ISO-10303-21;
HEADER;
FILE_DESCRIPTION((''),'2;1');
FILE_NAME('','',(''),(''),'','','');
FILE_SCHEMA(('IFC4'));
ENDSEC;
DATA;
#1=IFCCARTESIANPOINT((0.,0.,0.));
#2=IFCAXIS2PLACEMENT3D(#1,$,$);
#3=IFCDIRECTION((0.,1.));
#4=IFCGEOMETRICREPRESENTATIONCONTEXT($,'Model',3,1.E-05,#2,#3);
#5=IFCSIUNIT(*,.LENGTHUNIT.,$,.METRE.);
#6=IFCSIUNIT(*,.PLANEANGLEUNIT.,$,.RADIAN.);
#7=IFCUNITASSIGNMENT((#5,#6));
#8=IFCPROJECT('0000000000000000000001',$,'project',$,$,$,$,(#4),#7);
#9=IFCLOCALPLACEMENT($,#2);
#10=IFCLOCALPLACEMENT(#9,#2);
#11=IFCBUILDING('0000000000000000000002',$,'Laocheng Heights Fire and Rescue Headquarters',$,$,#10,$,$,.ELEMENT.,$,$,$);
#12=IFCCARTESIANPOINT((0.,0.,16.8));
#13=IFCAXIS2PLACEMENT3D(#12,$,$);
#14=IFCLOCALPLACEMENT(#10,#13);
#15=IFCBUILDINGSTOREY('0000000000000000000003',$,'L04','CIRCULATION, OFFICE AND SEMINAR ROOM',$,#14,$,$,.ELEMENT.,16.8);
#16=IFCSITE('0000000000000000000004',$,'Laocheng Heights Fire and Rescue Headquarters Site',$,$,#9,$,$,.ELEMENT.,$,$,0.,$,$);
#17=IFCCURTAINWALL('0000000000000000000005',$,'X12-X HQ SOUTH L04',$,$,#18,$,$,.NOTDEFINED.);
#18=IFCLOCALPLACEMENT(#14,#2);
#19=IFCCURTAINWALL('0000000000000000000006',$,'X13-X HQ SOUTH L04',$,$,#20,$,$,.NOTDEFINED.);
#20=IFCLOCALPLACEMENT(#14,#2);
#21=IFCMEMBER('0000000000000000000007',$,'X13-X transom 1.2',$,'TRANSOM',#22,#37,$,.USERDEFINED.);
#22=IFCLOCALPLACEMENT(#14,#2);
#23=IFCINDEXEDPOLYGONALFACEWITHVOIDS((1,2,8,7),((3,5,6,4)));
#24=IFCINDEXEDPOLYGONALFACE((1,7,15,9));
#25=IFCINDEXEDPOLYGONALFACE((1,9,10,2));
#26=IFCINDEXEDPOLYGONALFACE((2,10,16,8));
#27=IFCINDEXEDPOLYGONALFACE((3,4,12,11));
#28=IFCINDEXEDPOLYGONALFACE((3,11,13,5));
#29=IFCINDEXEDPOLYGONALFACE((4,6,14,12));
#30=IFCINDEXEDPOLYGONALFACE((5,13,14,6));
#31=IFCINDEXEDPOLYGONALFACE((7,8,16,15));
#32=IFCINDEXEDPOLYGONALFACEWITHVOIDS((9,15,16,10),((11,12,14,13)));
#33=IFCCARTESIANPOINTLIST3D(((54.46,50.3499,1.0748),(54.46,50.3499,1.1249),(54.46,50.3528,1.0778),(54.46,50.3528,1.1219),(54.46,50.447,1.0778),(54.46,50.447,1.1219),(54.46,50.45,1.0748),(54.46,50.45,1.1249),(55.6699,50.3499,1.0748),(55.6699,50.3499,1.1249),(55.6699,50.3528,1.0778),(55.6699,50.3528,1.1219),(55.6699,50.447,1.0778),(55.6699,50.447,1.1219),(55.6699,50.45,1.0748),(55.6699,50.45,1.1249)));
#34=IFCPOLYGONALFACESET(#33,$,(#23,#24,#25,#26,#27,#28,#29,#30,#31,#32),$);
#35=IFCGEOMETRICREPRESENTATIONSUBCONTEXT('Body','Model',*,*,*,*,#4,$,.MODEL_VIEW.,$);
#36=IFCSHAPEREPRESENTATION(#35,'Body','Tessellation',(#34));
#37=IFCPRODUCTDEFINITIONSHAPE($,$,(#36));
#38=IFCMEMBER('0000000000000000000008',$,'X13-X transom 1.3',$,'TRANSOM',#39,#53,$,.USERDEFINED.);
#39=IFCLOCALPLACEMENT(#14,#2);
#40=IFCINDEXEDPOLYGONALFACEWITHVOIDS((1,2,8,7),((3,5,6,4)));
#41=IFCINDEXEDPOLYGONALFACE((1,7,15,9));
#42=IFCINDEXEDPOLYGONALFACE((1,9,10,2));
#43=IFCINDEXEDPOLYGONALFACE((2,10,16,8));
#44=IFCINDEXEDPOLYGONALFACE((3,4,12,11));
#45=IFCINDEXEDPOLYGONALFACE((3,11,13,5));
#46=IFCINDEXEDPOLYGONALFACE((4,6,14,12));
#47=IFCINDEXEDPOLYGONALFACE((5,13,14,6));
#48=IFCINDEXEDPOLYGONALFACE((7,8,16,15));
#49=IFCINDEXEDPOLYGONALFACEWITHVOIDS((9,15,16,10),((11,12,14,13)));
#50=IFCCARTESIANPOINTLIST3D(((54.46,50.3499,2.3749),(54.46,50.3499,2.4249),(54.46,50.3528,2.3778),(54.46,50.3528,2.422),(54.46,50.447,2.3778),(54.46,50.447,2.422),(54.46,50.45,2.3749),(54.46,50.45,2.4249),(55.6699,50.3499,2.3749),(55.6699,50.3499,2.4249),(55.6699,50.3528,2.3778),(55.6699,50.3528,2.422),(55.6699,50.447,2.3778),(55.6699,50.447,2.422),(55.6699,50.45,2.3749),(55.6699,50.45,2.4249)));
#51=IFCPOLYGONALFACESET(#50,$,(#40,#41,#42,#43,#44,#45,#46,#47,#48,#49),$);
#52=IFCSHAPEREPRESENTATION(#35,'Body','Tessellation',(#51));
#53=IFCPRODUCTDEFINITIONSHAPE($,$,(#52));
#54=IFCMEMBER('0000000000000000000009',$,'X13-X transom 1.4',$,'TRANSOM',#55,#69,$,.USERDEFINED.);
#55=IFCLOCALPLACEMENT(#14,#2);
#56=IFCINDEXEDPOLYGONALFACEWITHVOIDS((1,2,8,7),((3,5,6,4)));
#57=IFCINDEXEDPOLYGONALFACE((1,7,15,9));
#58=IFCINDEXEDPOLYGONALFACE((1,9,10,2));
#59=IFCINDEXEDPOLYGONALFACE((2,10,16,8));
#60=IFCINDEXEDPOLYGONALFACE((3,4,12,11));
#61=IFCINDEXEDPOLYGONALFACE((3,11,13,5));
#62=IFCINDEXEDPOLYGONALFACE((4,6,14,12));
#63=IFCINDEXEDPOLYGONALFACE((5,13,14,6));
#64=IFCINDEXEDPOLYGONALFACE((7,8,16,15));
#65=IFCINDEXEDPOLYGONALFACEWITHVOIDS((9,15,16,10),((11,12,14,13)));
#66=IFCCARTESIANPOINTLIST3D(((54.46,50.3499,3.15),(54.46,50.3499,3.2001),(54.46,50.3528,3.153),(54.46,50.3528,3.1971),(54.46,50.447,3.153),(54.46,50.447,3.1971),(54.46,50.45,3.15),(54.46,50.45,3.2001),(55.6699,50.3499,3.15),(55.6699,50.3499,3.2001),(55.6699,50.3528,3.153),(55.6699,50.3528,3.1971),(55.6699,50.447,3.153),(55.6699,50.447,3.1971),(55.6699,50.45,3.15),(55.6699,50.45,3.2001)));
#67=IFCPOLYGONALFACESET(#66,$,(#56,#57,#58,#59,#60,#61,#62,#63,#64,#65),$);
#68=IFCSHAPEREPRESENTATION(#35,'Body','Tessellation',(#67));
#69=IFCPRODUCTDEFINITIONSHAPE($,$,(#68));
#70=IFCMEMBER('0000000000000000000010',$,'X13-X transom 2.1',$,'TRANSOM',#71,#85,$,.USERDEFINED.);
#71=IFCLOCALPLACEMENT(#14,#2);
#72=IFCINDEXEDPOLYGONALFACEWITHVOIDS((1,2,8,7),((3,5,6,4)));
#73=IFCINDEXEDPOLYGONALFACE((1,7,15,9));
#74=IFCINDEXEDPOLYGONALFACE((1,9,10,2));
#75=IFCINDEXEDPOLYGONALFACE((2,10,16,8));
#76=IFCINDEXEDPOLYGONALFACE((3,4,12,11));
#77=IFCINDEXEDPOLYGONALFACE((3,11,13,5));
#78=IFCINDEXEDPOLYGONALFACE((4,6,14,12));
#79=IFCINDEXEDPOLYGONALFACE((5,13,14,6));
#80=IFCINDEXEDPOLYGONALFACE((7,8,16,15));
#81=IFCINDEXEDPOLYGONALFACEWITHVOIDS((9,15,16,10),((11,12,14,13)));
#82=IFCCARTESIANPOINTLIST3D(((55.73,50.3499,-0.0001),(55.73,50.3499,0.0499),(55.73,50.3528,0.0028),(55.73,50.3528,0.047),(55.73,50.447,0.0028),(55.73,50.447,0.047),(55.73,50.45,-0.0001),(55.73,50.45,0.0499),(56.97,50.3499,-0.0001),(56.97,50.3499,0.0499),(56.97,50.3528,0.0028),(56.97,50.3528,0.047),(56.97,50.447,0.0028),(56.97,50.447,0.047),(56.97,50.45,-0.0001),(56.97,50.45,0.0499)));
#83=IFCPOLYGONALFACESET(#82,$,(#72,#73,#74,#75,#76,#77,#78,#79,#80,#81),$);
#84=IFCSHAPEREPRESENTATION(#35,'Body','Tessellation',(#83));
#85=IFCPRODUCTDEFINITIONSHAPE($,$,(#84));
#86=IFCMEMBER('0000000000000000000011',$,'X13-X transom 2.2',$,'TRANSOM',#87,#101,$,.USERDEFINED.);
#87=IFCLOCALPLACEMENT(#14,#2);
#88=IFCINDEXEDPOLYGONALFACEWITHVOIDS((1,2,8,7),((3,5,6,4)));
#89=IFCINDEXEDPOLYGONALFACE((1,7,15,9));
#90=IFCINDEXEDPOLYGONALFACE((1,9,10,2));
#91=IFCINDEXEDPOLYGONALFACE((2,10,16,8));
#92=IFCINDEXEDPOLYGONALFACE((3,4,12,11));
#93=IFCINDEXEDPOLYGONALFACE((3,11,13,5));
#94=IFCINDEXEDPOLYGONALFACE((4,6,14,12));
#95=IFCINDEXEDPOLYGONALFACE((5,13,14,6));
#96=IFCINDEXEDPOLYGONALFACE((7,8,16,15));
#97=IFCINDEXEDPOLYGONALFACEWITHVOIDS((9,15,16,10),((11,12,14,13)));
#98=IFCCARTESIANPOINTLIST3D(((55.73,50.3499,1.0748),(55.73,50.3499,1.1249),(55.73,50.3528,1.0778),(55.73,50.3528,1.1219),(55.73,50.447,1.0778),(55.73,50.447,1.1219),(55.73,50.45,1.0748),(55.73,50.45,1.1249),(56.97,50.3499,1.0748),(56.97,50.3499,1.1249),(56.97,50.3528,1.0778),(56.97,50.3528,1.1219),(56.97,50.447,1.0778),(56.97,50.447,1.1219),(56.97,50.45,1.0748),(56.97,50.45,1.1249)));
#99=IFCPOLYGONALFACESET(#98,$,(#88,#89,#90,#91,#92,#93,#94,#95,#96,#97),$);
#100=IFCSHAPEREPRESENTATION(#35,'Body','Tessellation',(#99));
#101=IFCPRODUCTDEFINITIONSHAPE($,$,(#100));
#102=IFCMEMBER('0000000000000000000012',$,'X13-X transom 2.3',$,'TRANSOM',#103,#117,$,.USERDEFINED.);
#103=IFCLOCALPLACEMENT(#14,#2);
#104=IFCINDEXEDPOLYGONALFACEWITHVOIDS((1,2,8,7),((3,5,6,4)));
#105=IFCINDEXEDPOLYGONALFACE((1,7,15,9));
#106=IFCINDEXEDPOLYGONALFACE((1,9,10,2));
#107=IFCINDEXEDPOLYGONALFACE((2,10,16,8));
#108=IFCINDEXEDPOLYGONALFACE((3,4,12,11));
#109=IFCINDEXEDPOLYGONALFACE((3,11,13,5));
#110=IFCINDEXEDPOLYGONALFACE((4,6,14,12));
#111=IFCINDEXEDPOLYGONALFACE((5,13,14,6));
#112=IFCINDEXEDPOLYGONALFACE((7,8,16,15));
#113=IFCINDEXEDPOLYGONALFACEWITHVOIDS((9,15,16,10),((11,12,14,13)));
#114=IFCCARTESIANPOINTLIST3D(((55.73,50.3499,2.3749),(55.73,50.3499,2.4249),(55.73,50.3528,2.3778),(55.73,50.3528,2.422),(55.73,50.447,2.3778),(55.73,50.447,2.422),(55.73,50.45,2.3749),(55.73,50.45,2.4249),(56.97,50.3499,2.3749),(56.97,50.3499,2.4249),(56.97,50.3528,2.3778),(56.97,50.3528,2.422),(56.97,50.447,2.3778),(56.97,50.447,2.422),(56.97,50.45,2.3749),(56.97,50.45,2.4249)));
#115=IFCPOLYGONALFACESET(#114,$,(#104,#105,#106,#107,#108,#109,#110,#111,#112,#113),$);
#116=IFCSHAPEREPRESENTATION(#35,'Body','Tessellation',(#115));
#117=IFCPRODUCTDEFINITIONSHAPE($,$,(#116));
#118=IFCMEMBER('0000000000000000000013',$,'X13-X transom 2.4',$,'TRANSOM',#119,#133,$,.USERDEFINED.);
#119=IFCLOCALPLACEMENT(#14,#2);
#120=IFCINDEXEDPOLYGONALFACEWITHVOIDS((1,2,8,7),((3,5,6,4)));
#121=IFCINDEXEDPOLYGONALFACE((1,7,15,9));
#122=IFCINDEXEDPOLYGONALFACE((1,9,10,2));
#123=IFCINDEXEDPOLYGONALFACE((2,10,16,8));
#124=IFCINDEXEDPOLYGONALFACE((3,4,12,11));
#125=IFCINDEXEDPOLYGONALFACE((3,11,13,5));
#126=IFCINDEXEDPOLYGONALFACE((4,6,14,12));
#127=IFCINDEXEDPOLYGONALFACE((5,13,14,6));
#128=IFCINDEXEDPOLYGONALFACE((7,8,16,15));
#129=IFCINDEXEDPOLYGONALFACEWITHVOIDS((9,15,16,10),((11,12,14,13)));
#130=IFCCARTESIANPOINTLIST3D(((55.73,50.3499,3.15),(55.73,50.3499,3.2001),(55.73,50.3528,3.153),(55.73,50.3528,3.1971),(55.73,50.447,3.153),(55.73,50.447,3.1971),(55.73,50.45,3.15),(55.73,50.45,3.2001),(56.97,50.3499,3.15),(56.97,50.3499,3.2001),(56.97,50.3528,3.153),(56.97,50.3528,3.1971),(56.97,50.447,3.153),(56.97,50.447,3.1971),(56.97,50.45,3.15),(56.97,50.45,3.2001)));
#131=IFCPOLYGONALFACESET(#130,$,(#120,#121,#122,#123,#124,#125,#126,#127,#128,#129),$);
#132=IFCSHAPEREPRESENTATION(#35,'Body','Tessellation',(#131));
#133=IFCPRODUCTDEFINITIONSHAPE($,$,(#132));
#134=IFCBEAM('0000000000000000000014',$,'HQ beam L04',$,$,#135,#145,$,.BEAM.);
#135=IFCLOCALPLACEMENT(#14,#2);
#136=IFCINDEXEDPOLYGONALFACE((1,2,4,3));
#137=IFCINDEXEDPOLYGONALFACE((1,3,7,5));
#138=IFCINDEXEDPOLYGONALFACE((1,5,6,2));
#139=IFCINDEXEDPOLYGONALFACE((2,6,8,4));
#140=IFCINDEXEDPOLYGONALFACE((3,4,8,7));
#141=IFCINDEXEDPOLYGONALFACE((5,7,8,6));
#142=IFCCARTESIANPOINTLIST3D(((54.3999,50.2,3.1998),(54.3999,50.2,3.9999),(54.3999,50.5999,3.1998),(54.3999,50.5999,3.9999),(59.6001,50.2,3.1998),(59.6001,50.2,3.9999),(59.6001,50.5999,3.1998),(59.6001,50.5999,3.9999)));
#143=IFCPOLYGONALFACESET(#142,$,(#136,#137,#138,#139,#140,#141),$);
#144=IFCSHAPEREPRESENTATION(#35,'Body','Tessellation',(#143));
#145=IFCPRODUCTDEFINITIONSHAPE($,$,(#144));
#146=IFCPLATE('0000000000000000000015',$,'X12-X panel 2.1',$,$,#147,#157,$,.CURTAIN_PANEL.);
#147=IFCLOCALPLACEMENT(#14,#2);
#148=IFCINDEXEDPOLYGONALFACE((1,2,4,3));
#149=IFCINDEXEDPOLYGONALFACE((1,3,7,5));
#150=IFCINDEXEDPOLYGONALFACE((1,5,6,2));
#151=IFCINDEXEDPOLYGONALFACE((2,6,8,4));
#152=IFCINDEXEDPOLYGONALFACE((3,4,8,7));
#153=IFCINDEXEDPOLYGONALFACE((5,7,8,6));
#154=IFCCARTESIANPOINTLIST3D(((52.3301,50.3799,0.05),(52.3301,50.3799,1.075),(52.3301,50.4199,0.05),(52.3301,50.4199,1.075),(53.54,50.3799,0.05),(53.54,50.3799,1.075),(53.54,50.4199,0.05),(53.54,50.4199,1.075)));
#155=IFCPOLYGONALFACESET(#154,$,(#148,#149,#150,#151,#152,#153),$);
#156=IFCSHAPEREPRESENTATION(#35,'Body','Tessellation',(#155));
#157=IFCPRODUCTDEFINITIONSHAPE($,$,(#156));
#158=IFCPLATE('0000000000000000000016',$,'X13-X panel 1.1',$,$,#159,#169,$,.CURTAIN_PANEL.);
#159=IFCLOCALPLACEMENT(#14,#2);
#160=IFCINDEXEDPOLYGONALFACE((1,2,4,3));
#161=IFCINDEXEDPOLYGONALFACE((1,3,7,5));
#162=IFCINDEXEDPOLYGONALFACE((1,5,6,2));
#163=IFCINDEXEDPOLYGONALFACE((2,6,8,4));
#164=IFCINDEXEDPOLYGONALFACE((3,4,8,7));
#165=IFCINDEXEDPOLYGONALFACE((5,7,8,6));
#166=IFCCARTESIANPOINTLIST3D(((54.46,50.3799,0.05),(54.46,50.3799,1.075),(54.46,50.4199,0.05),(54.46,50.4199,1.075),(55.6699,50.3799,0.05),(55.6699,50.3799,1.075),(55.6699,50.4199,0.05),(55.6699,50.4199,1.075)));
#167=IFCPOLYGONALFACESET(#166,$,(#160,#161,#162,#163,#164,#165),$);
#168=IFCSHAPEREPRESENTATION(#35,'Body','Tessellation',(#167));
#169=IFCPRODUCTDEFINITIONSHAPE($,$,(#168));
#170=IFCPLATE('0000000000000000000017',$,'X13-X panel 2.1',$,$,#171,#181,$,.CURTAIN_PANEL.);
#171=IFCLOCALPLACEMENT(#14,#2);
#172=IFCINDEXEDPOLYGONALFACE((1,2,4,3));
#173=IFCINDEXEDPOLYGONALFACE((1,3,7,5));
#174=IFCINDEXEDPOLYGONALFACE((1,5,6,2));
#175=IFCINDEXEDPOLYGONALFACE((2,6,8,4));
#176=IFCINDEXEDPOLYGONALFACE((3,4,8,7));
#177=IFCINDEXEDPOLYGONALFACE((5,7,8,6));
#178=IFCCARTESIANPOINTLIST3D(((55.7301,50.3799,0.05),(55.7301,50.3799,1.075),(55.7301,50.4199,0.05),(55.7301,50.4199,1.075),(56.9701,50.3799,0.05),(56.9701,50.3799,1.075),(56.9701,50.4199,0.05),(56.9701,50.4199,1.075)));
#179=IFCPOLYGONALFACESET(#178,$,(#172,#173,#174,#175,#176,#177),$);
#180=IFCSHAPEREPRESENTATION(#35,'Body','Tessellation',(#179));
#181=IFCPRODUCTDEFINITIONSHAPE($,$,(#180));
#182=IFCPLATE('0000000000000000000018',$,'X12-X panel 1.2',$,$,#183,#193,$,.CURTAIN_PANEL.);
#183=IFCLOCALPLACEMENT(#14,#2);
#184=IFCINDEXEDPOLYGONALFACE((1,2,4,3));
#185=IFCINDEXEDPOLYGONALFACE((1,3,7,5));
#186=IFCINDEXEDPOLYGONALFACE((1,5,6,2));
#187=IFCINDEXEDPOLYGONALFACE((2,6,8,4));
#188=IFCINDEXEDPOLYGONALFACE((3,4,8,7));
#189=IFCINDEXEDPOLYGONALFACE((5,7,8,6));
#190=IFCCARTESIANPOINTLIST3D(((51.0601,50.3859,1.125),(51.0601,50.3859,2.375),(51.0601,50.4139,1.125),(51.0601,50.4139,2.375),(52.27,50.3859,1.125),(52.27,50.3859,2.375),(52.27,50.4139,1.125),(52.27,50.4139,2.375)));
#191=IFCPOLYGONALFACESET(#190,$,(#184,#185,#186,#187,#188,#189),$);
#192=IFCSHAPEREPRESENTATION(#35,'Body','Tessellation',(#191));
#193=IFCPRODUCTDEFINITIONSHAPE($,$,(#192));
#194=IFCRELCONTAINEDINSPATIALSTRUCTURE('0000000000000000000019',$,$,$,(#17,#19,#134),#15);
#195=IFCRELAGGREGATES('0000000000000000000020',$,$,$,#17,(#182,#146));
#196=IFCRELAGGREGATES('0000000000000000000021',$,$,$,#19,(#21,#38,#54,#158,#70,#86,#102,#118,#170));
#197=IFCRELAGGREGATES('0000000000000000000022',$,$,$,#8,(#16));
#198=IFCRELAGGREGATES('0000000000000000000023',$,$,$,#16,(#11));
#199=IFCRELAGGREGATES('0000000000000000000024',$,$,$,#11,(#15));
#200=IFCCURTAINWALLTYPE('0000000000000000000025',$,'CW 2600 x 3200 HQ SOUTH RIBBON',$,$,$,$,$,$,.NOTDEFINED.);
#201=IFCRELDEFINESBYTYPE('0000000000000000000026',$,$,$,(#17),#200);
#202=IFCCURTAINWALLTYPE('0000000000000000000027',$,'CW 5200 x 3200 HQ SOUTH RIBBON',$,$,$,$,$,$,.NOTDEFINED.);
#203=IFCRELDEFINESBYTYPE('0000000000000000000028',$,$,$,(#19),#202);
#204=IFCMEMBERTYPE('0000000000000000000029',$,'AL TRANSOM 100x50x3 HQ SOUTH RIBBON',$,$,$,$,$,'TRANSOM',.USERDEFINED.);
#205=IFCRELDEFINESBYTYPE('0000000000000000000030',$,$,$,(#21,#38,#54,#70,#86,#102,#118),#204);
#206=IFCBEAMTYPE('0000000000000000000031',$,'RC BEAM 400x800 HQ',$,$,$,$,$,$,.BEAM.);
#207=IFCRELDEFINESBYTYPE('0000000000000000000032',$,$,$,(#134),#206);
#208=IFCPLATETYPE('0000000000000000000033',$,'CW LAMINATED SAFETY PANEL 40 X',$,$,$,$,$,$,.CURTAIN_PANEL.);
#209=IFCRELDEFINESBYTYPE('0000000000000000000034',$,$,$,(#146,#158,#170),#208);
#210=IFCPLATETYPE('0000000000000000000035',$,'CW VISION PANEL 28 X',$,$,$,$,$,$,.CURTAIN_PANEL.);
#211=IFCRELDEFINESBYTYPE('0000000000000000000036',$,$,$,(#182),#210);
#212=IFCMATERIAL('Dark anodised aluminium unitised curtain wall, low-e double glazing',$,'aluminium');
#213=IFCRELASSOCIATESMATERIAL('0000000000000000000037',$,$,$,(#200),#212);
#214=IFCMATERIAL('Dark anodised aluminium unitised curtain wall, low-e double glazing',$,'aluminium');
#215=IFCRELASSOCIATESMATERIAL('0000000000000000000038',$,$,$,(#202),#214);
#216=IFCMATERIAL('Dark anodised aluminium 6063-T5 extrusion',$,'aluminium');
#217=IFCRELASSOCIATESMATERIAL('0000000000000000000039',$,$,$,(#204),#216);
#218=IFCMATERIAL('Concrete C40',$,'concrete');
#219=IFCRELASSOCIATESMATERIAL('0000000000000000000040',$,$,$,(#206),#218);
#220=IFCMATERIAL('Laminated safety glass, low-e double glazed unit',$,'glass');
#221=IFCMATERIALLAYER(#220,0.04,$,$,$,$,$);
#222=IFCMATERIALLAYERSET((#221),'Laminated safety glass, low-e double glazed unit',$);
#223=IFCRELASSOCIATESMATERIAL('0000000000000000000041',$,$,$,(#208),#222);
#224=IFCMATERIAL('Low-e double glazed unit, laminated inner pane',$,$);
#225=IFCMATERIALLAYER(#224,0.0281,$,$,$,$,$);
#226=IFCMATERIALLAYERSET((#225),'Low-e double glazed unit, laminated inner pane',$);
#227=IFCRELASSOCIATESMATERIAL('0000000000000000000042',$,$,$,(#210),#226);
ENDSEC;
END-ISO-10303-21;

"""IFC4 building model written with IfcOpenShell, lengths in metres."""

from ifc_helpers import new_model, si_unit, direction, frame, origin, origin_2d, place, context, subcontext, project, spatial, rectangle, hollow_rectangle, extrude, material, layer, layer_set, material_profile, profile_set, type_object, element, aggregate, save


model = new_model("IFC4")

# Units and contexts
model_context = context("Model", 3, precision=1e-05, world=origin(), true_north=direction((0.0, 1.0)))
body_context = subcontext(model_context, "Body", "Model", "MODEL_VIEW")
ifc_project = project(units=[si_unit("LENGTHUNIT", "METRE"), si_unit("PLANEANGLEUNIT", "RADIAN")], contexts=[model_context])

# Site, building, storey
site_placement = place(None, origin())
site = spatial("IfcSite", under=ifc_project, at=site_placement, Name="Laocheng Heights Fire and Rescue Headquarters Site", CompositionType="ELEMENT", RefElevation=0.0)
building_placement = place(site_placement, origin())
building = spatial("IfcBuilding", under=site, at=building_placement, Name="Laocheng Heights Fire and Rescue Headquarters", CompositionType="ELEMENT")
storey_placement = place(building_placement, frame((0.0, 0.0, 16.8)))
storey = spatial("IfcBuildingStorey", under=building, at=storey_placement, Name="L04", Description="CIRCULATION, OFFICE AND SEMINAR ROOM", CompositionType="ELEMENT", Elevation=16.8)

# Curtain walls
ifc_material_1 = material(Name="Dark anodised aluminium unitised curtain wall, low-e double glazing", Category="aluminium")
curtain_wall_type_1 = type_object("IfcCurtainWallType", Name="CW 2600 x 3200 HQ SOUTH RIBBON", PredefinedType="NOTDEFINED", material=ifc_material_1)
curtain_wall_1_placement = place(storey_placement, origin())
curtain_wall_1 = element("IfcCurtainWall", 1, at=curtain_wall_1_placement, inside=storey, type_object=curtain_wall_type_1, Name="X12-X HQ SOUTH L04", PredefinedType="NOTDEFINED")
ifc_material_2 = material(Name="Dark anodised aluminium unitised curtain wall, low-e double glazing", Category="aluminium")
curtain_wall_type_2 = type_object("IfcCurtainWallType", Name="CW 5200 x 3200 HQ SOUTH RIBBON", PredefinedType="NOTDEFINED", material=ifc_material_2)
curtain_wall_2_placement = place(storey_placement, origin())
curtain_wall_2 = element("IfcCurtainWall", 2, at=curtain_wall_2_placement, inside=storey, type_object=curtain_wall_type_2, Name="X13-X HQ SOUTH L04", PredefinedType="NOTDEFINED")

# Members
ifc_material_3 = material(Name="Dark anodised aluminium 6063-T5 extrusion", Category="aluminium")
ifc_material_profile_1 = material_profile(ifc_material_3, hollow_rectangle(XDim=0.1001, YDim=0.05, WallThickness=0.0029, at=origin_2d()), Name="AL TRANSOM 100x50x3 HQ SOUTH RIBBON")
ifc_profile_set_1 = profile_set([ifc_material_profile_1], Name="Dark anodised aluminium 6063-T5 extrusion")
member_type_1 = type_object("IfcMemberType", Name="AL TRANSOM 100x50x3 HQ SOUTH RIBBON", ElementType="TRANSOM", PredefinedType="USERDEFINED", material=ifc_profile_set_1)
member_1_placement = place(storey_placement, frame((54.46, 50.3999, 1.0999), z_axis=(1.0, 0.0, 0.0), x_axis=(0.0, 1.0, 0.0)))
member_1 = element("IfcMember", 3, at=member_1_placement, type_object=member_type_1, Name="X13-X transom 1.2", ObjectType="TRANSOM", PredefinedType="USERDEFINED", context=body_context, shape_type="SweptSolid", body=[
    extrude(hollow_rectangle(XDim=0.1001, YDim=0.05, WallThickness=0.0029, at=origin_2d()), origin(), (0.0, 0.0, 1.0), 1.21),
])
member_2_placement = place(storey_placement, frame((54.46, 50.3999, 2.3999), z_axis=(1.0, 0.0, 0.0), x_axis=(0.0, 1.0, 0.0)))
member_2 = element("IfcMember", 4, at=member_2_placement, type_object=member_type_1, Name="X13-X transom 1.3", ObjectType="TRANSOM", PredefinedType="USERDEFINED", context=body_context, shape_type="SweptSolid", body=[
    extrude(hollow_rectangle(XDim=0.1001, YDim=0.05, WallThickness=0.0029, at=origin_2d()), origin(), (0.0, 0.0, 1.0), 1.21),
])
member_3_placement = place(storey_placement, frame((54.46, 50.3999, 3.175), z_axis=(1.0, 0.0, 0.0), x_axis=(0.0, 1.0, 0.0)))
member_3 = element("IfcMember", 5, at=member_3_placement, type_object=member_type_1, Name="X13-X transom 1.4", ObjectType="TRANSOM", PredefinedType="USERDEFINED", context=body_context, shape_type="SweptSolid", body=[
    extrude(hollow_rectangle(XDim=0.1001, YDim=0.05, WallThickness=0.0029, at=origin_2d()), origin(), (0.0, 0.0, 1.0), 1.21),
])
member_4_placement = place(storey_placement, frame((55.73, 50.3999, 0.0249), z_axis=(1.0, 0.0, 0.0), x_axis=(0.0, 1.0, 0.0)))
member_4 = element("IfcMember", 6, at=member_4_placement, type_object=member_type_1, Name="X13-X transom 2.1", ObjectType="TRANSOM", PredefinedType="USERDEFINED", context=body_context, shape_type="SweptSolid", body=[
    extrude(hollow_rectangle(XDim=0.1001, YDim=0.05, WallThickness=0.0029, at=origin_2d()), origin(), (0.0, 0.0, 1.0), 1.24),
])
member_5_placement = place(storey_placement, frame((55.73, 50.3999, 1.0999), z_axis=(1.0, 0.0, 0.0), x_axis=(0.0, 1.0, 0.0)))
member_5 = element("IfcMember", 7, at=member_5_placement, type_object=member_type_1, Name="X13-X transom 2.2", ObjectType="TRANSOM", PredefinedType="USERDEFINED", context=body_context, shape_type="SweptSolid", body=[
    extrude(hollow_rectangle(XDim=0.1001, YDim=0.05, WallThickness=0.0029, at=origin_2d()), origin(), (0.0, 0.0, 1.0), 1.24),
])
member_6_placement = place(storey_placement, frame((55.73, 50.3999, 2.3999), z_axis=(1.0, 0.0, 0.0), x_axis=(0.0, 1.0, 0.0)))
member_6 = element("IfcMember", 8, at=member_6_placement, type_object=member_type_1, Name="X13-X transom 2.3", ObjectType="TRANSOM", PredefinedType="USERDEFINED", context=body_context, shape_type="SweptSolid", body=[
    extrude(hollow_rectangle(XDim=0.1001, YDim=0.05, WallThickness=0.0029, at=origin_2d()), origin(), (0.0, 0.0, 1.0), 1.24),
])
member_7_placement = place(storey_placement, frame((55.73, 50.3999, 3.175), z_axis=(1.0, 0.0, 0.0), x_axis=(0.0, 1.0, 0.0)))
member_7 = element("IfcMember", 9, at=member_7_placement, type_object=member_type_1, Name="X13-X transom 2.4", ObjectType="TRANSOM", PredefinedType="USERDEFINED", context=body_context, shape_type="SweptSolid", body=[
    extrude(hollow_rectangle(XDim=0.1001, YDim=0.05, WallThickness=0.0029, at=origin_2d()), origin(), (0.0, 0.0, 1.0), 1.24),
])

# Beam
ifc_material_4 = material(Name="Concrete C40", Category="concrete")
ifc_material_profile_2 = material_profile(ifc_material_4, rectangle(XDim=0.3999, YDim=0.8, at=origin_2d()), Name="RC BEAM 400x800 HQ")
ifc_profile_set_2 = profile_set([ifc_material_profile_2], Name="Concrete C40")
beam_type = type_object("IfcBeamType", Name="RC BEAM 400x800 HQ", PredefinedType="BEAM", material=ifc_profile_set_2)
beam_placement = place(storey_placement, frame((54.3999, 50.3999, 3.5999), z_axis=(1.0, 0.0, 0.0), x_axis=(0.0, 1.0, 0.0)))
element("IfcBeam", 10, at=beam_placement, inside=storey, type_object=beam_type, Name="HQ beam L04", PredefinedType="BEAM", context=body_context, shape_type="SweptSolid", body=[
    extrude(rectangle(XDim=0.3999, YDim=0.8, at=origin_2d()), origin(), (0.0, 0.0, 1.0), 5.2002),
])

# Plates
ifc_material_5 = material(Name="Laminated safety glass, low-e double glazed unit", Category="glass")
ifc_layer_1 = layer(ifc_material_5, 0.04)
ifc_layer_set_1 = layer_set([ifc_layer_1], Name="Laminated safety glass, low-e double glazed unit")
plate_type_1 = type_object("IfcPlateType", Name="CW LAMINATED SAFETY PANEL 40 X", PredefinedType="CURTAIN_PANEL", material=ifc_layer_set_1)
plate_1_placement = place(storey_placement, frame((52.9351, 50.3999, 0.05), z_axis=(0.0, 0.0, 1.0), x_axis=(1.0, 0.0, 0.0)))
plate_1 = element("IfcPlate", 11, at=plate_1_placement, type_object=plate_type_1, Name="X12-X panel 2.1", PredefinedType="CURTAIN_PANEL", context=body_context, shape_type="SweptSolid", body=[
    extrude(rectangle(XDim=1.21, YDim=0.04, at=origin_2d()), origin(), (0.0, 0.0, 1.0), 1.0249),
])
plate_2_placement = place(storey_placement, frame((55.0649, 50.3999, 0.05), z_axis=(0.0, 0.0, 1.0), x_axis=(1.0, 0.0, 0.0)))
plate_2 = element("IfcPlate", 12, at=plate_2_placement, type_object=plate_type_1, Name="X13-X panel 1.1", PredefinedType="CURTAIN_PANEL", context=body_context, shape_type="SweptSolid", body=[
    extrude(rectangle(XDim=1.21, YDim=0.04, at=origin_2d()), origin(), (0.0, 0.0, 1.0), 1.0249),
])
plate_3_placement = place(storey_placement, frame((56.3501, 50.3999, 0.05), z_axis=(0.0, 0.0, 1.0), x_axis=(1.0, 0.0, 0.0)))
plate_3 = element("IfcPlate", 13, at=plate_3_placement, type_object=plate_type_1, Name="X13-X panel 2.1", PredefinedType="CURTAIN_PANEL", context=body_context, shape_type="SweptSolid", body=[
    extrude(rectangle(XDim=1.24, YDim=0.04, at=origin_2d()), origin(), (0.0, 0.0, 1.0), 1.0249),
])
ifc_material_6 = material(Name="Low-e double glazed unit, laminated inner pane")
ifc_layer_2 = layer(ifc_material_6, 0.0281)
ifc_layer_set_2 = layer_set([ifc_layer_2], Name="Low-e double glazed unit, laminated inner pane")
plate_type_2 = type_object("IfcPlateType", Name="CW VISION PANEL 28 X", PredefinedType="CURTAIN_PANEL", material=ifc_layer_set_2)
plate_4_placement = place(storey_placement, frame((51.665, 50.3999, 1.125), z_axis=(0.0, 0.0, 1.0), x_axis=(1.0, 0.0, 0.0)))
plate_4 = element("IfcPlate", 14, at=plate_4_placement, type_object=plate_type_2, Name="X12-X panel 1.2", PredefinedType="CURTAIN_PANEL", context=body_context, shape_type="SweptSolid", body=[
    extrude(rectangle(XDim=1.21, YDim=0.0281, at=origin_2d()), origin(), (0.0, 0.0, 1.0), 1.25),
])
aggregate(curtain_wall_1, [plate_4, plate_1])
aggregate(curtain_wall_2, [member_1, member_2, member_3, plate_2, member_4, member_5, member_6, member_7, plate_3])

save(model, "model.ifc")
